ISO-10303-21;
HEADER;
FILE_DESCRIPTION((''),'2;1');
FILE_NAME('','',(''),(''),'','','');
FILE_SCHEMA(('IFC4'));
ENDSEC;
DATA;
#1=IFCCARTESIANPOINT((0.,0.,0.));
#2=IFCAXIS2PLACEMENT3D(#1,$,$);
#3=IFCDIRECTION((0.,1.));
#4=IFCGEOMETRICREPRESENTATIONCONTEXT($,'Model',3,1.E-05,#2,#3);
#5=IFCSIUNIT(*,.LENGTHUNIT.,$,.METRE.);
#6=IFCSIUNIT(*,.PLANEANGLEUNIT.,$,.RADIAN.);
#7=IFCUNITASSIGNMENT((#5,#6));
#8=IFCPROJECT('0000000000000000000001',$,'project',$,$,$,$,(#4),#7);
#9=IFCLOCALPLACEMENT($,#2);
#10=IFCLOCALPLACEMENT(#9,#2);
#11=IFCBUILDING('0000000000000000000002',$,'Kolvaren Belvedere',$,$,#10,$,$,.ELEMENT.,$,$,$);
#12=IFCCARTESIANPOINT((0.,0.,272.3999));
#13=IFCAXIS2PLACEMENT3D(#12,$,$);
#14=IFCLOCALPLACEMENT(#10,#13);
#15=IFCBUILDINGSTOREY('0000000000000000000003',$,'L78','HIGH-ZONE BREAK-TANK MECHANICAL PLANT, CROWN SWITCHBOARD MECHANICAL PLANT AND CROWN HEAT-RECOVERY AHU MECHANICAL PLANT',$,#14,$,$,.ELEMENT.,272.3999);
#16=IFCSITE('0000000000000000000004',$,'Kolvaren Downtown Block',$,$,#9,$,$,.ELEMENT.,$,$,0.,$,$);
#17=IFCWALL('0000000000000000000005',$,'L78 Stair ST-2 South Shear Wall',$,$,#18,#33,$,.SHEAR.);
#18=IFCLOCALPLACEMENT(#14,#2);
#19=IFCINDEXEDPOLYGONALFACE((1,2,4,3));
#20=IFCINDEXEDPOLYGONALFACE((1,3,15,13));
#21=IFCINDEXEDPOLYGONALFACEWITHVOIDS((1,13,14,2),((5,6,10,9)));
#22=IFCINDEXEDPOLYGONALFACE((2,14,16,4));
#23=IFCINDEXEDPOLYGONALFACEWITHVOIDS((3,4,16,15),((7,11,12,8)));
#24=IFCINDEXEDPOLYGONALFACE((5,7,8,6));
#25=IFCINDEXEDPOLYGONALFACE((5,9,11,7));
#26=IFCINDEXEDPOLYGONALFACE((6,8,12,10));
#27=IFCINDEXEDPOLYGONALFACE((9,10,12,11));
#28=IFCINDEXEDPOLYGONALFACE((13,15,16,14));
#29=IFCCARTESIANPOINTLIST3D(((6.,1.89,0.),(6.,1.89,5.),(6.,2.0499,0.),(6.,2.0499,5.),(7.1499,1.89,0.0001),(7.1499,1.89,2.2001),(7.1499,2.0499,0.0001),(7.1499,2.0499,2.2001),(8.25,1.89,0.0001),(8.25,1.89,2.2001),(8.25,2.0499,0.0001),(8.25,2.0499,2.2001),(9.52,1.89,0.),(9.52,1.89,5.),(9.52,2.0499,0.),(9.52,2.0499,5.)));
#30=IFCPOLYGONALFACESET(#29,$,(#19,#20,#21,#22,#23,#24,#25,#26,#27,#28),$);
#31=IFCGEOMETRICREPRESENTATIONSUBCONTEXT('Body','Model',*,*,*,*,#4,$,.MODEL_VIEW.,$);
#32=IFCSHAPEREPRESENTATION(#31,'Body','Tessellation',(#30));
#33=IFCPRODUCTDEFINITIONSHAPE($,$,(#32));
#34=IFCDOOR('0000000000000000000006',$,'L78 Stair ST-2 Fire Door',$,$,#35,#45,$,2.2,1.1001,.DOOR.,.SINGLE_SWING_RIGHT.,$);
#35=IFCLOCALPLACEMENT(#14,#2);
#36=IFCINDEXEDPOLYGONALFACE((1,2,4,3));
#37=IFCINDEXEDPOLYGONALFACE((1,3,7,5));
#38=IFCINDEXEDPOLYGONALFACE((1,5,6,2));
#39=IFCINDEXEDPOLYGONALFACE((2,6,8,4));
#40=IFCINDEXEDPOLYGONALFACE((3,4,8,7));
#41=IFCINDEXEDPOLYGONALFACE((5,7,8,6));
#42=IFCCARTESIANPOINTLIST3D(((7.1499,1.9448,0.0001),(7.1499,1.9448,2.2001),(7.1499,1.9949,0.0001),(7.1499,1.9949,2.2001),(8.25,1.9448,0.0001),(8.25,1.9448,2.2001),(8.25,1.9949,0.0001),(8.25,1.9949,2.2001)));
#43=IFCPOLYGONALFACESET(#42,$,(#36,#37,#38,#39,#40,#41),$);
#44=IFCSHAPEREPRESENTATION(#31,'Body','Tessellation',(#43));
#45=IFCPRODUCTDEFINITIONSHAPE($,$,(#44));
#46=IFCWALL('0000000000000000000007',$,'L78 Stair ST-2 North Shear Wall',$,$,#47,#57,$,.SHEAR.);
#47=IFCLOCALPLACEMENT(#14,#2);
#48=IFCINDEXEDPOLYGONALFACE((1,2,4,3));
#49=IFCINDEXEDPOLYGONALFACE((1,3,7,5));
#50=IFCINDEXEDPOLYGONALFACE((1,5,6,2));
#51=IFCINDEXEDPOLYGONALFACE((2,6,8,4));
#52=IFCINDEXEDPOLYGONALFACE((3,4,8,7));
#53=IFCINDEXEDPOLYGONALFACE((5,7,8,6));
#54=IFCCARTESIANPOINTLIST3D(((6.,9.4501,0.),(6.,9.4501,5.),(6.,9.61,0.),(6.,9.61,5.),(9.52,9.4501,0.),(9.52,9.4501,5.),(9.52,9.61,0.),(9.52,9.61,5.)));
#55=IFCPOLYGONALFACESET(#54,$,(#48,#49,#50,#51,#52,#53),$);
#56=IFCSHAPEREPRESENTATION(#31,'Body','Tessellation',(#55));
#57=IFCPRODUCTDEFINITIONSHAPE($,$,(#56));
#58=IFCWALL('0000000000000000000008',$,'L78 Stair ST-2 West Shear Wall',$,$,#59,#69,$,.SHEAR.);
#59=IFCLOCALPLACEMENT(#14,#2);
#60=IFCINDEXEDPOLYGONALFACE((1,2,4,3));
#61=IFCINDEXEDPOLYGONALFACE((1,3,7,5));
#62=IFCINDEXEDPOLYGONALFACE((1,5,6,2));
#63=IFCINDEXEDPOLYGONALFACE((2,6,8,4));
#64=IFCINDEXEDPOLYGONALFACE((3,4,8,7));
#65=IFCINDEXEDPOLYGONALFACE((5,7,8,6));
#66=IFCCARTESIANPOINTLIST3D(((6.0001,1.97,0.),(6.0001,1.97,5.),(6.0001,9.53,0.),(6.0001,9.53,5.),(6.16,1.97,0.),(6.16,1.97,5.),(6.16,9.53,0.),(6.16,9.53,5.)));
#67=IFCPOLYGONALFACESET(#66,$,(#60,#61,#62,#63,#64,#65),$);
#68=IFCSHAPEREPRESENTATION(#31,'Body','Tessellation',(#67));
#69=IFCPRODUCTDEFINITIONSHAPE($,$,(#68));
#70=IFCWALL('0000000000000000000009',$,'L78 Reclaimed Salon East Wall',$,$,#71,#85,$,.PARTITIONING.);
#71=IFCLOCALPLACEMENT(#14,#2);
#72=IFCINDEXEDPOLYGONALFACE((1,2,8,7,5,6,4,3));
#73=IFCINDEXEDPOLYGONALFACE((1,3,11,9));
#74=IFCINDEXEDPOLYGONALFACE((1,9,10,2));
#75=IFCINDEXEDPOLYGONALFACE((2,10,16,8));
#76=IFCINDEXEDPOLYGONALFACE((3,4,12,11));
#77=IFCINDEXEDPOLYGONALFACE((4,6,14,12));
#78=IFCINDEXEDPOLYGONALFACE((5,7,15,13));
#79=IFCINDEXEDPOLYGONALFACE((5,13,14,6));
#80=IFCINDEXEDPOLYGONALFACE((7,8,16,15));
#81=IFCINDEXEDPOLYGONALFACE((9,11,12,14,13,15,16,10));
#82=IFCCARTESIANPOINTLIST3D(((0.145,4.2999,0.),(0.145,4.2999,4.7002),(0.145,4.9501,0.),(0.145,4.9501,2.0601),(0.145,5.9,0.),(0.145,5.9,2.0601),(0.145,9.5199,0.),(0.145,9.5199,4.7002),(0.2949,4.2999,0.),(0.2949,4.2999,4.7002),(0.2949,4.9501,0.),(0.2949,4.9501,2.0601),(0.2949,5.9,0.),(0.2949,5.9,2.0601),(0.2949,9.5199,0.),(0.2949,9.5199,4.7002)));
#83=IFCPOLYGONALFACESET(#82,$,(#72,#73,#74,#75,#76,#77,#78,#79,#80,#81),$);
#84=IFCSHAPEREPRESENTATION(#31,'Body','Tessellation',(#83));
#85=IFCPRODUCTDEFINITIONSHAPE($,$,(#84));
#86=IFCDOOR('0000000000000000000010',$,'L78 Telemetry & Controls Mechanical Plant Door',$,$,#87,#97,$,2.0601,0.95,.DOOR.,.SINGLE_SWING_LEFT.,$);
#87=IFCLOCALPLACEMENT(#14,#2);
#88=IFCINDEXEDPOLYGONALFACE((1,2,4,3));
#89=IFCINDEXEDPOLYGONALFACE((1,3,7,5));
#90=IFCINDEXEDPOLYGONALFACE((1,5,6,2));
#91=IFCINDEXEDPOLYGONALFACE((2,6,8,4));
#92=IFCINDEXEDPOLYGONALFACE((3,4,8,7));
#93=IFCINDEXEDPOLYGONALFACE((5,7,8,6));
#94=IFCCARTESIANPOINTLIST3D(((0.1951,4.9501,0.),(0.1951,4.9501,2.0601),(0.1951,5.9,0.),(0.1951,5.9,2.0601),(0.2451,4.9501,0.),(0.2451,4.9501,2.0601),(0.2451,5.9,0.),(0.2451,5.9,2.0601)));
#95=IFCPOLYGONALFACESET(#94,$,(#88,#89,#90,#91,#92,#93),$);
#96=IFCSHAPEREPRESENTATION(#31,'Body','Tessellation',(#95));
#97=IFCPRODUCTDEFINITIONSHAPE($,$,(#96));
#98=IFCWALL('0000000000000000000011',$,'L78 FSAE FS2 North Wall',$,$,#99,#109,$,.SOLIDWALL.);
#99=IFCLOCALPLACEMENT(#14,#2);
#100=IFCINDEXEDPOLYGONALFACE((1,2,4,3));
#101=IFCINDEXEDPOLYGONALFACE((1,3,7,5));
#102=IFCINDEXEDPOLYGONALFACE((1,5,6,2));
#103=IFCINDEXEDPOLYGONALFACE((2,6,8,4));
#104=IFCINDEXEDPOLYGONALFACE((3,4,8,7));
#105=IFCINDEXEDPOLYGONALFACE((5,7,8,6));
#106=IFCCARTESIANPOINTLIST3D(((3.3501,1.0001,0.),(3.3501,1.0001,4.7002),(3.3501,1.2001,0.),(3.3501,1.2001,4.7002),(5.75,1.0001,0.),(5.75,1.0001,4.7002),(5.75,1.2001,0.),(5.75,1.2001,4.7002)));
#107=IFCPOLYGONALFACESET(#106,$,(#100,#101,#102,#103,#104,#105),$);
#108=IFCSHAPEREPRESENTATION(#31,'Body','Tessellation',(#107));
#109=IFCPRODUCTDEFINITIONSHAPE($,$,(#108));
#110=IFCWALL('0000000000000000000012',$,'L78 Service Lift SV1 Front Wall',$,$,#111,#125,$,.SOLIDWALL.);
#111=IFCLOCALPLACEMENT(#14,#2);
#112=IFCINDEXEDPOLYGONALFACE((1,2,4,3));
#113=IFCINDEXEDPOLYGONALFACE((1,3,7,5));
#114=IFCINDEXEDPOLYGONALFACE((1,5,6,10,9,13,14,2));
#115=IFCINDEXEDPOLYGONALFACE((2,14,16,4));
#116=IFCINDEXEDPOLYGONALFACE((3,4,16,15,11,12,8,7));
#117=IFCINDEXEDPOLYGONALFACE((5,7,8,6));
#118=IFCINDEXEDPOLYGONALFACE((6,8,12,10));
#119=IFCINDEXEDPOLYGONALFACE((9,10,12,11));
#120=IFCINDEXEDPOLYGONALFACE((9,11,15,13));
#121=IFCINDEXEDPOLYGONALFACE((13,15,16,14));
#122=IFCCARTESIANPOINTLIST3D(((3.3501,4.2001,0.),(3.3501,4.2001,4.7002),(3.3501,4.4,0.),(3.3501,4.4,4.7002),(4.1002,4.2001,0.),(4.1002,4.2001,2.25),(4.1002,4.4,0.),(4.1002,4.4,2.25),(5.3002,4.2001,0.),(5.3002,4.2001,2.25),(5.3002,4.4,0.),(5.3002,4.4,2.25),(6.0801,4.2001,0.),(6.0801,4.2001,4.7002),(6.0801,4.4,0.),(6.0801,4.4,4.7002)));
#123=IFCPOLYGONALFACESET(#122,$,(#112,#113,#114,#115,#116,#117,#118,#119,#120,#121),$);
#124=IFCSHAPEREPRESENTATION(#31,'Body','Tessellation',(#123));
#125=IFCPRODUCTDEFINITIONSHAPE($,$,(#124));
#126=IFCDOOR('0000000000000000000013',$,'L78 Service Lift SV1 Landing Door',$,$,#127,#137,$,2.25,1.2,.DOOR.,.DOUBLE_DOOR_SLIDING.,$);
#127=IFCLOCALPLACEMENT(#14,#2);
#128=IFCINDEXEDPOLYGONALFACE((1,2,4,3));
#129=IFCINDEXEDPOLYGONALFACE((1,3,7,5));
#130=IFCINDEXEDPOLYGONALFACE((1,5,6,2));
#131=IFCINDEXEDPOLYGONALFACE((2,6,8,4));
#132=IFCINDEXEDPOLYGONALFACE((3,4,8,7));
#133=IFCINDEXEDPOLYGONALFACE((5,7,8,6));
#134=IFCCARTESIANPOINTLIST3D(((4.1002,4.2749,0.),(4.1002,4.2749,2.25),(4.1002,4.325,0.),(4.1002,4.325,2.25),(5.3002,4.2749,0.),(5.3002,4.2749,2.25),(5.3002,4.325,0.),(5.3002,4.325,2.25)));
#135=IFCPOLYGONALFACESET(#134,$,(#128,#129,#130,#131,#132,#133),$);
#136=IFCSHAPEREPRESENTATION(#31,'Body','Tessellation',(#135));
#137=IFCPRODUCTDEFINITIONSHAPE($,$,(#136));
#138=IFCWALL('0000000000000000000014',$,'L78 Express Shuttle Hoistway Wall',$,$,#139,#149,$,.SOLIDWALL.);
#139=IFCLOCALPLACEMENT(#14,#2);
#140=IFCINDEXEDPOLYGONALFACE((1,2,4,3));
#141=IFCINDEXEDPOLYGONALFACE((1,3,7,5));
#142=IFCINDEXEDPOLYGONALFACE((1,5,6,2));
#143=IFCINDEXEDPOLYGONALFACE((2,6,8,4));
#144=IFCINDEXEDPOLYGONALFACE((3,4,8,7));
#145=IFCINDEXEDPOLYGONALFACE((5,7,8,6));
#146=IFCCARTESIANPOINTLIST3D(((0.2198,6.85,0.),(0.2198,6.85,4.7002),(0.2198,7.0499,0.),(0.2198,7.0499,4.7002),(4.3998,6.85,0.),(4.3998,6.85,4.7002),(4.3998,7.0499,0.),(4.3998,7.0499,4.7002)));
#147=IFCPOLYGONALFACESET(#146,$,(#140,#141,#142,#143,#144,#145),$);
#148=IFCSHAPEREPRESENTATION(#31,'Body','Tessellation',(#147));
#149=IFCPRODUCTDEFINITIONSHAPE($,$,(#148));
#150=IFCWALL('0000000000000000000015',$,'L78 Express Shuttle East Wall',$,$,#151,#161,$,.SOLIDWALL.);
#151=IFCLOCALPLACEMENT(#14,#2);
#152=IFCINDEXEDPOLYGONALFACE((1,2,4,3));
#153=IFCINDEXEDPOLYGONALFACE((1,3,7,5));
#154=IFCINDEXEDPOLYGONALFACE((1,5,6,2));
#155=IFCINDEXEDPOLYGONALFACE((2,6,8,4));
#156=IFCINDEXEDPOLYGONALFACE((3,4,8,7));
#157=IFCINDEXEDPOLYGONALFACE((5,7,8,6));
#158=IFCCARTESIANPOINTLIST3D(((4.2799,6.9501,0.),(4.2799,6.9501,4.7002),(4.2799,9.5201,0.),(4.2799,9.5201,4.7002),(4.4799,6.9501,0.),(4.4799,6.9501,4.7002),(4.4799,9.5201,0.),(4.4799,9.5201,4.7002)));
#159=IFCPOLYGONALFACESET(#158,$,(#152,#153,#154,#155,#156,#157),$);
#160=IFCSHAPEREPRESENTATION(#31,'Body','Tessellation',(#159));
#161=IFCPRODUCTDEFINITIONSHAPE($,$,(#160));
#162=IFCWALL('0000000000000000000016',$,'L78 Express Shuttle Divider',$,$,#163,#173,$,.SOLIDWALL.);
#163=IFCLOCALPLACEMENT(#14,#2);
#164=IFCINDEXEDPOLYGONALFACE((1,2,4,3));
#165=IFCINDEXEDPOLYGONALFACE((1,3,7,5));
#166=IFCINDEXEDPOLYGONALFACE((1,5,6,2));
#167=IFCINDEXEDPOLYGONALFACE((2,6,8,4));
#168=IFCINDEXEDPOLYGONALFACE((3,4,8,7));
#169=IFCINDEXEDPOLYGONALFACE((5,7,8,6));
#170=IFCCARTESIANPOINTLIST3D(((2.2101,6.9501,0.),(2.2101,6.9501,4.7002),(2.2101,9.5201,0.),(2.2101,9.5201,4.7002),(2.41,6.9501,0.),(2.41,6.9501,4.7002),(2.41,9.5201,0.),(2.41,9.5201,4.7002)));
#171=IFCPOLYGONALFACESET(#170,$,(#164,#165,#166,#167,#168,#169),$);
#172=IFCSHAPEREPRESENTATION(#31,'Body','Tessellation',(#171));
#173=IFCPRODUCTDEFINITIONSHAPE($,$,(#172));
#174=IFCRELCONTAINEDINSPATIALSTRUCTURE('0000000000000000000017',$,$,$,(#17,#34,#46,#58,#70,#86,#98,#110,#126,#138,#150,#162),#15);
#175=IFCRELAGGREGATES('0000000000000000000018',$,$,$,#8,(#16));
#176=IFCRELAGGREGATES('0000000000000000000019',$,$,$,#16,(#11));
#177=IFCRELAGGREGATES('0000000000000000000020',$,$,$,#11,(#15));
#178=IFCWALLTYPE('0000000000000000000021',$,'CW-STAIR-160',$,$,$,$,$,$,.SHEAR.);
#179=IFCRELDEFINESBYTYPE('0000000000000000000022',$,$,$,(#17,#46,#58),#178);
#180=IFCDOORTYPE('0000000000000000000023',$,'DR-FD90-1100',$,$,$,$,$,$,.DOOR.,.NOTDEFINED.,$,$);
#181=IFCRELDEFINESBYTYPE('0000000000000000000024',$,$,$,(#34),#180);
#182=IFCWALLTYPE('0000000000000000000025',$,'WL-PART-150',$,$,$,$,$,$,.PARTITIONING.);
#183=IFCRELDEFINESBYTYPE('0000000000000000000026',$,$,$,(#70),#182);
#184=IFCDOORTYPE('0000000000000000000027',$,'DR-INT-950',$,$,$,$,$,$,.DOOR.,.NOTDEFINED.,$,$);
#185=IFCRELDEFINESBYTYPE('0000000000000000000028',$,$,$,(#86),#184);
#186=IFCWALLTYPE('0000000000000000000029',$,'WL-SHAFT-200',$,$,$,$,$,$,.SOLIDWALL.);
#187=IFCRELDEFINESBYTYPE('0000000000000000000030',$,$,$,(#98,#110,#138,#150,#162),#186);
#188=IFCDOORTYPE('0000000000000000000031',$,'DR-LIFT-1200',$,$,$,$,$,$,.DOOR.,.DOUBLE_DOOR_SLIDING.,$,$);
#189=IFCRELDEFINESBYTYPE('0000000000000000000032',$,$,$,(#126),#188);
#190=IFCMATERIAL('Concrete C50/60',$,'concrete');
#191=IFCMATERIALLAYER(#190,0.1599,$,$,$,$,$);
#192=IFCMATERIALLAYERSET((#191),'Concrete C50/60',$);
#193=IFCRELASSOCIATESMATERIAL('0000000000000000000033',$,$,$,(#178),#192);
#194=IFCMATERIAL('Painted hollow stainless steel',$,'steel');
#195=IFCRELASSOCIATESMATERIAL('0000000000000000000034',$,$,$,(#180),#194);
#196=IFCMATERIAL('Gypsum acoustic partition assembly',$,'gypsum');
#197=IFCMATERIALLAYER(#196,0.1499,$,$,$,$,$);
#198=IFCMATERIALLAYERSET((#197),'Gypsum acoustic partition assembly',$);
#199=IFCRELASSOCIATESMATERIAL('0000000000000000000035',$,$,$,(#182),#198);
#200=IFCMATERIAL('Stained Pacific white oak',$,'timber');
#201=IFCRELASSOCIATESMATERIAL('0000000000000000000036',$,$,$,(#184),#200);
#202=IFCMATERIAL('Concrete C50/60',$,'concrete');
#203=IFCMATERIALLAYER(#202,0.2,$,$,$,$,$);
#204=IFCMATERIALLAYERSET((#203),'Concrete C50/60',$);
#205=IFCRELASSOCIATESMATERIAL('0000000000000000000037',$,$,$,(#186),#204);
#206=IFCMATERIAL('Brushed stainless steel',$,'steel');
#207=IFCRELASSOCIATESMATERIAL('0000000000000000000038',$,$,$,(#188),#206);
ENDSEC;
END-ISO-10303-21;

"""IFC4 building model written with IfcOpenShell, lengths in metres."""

from ifc_helpers import new_model, si_unit, direction, frame, frame_2d, origin, place, context, subcontext, project, spatial, rectangle, extrude, material, layer, layer_set, type_object, element, fill, save


model = new_model("IFC4")

# Units and contexts
model_context = context("Model", 3, precision=1e-05, world=origin(), true_north=direction((0.0, 1.0)))
body_context = subcontext(model_context, "Body", "Model", "MODEL_VIEW")
ifc_project = project(units=[si_unit("LENGTHUNIT", "METRE"), si_unit("PLANEANGLEUNIT", "RADIAN")], contexts=[model_context])

# Site, building, storey
site_placement = place(None, origin())
site = spatial("IfcSite", under=ifc_project, at=site_placement, Name="Kolvaren Downtown Block", CompositionType="ELEMENT", RefElevation=0.0)
building_placement = place(site_placement, origin())
building = spatial("IfcBuilding", under=site, at=building_placement, Name="Kolvaren Belvedere", CompositionType="ELEMENT")
storey_placement = place(building_placement, frame((0.0, 0.0, 272.3999)))
storey = spatial("IfcBuildingStorey", under=building, at=storey_placement, Name="L78", Description="HIGH-ZONE BREAK-TANK MECHANICAL PLANT, CROWN SWITCHBOARD MECHANICAL PLANT AND CROWN HEAT-RECOVERY AHU MECHANICAL PLANT", CompositionType="ELEMENT", Elevation=272.3999)

# Wall, opening, door
ifc_material_1 = material(Name="Concrete C50/60", Category="concrete")
ifc_layer_1 = layer(ifc_material_1, 0.1599)
ifc_layer_set_1 = layer_set([ifc_layer_1], Name="Concrete C50/60")
wall_type_1 = type_object("IfcWallType", Name="CW-STAIR-160", PredefinedType="SHEAR", material=ifc_layer_set_1)
wall_1_placement = place(storey_placement, frame((6.0, 1.97, 0.0), z_axis=(0.0, 0.0, 1.0), x_axis=(1.0, 0.0, 0.0)))
wall_1 = element("IfcWall", 1, at=wall_1_placement, inside=storey, type_object=wall_type_1, Name="L78 Stair ST-2 South Shear Wall", PredefinedType="SHEAR", context=body_context, shape_type="SweptSolid", body=[
    extrude(rectangle(XDim=3.52, YDim=0.1599, at=frame_2d((1.76, 0.0))), origin(), (0.0, 0.0, 1.0), 5.0),
])
opening_1_placement = place(wall_1_placement, frame((1.1499, 0.0, 0.0)))
opening_1 = element("IfcOpeningElement", 2, at=opening_1_placement, cuts=wall_1, PredefinedType="OPENING", context=body_context, shape_type="SweptSolid", body=[
    extrude(rectangle(XDim=1.1001, YDim=2.2, at=frame_2d((0.55, 1.1001))), frame((0.0, 0.0898, 0.0), z_axis=(0.0, -1.0, 0.0), x_axis=(1.0, 0.0, 0.0)), (0.0, 0.0, 1.0), 0.1799),
])
ifc_material_2 = material(Name="Painted hollow stainless steel", Category="steel")
door_type_1 = type_object("IfcDoorType", Name="DR-FD90-1100", OperationType="NOTDEFINED", PredefinedType="DOOR", material=ifc_material_2)
door_1_placement = place(opening_1_placement, origin())
door_1 = element("IfcDoor", 3, at=door_1_placement, inside=storey, type_object=door_type_1, Name="L78 Stair ST-2 Fire Door", OperationType="SINGLE_SWING_RIGHT", OverallHeight=2.2, OverallWidth=1.1001, PredefinedType="DOOR", context=body_context, shape_type="SweptSolid", body=[
    extrude(rectangle(XDim=1.1001, YDim=2.2, at=frame_2d((0.55, 1.1001))), frame((0.0, 0.0249, 0.0), z_axis=(0.0, -1.0, 0.0), x_axis=(1.0, 0.0, 0.0)), (0.0, 0.0, 1.0), 0.05),
])
fill(opening_1, door_1)

# Walls
wall_2_placement = place(storey_placement, frame((6.0, 9.53, 0.0), z_axis=(0.0, 0.0, 1.0), x_axis=(1.0, 0.0, 0.0)))
element("IfcWall", 4, at=wall_2_placement, inside=storey, type_object=wall_type_1, Name="L78 Stair ST-2 North Shear Wall", PredefinedType="SHEAR", context=body_context, shape_type="SweptSolid", body=[
    extrude(rectangle(XDim=3.52, YDim=0.1599, at=frame_2d((1.76, 0.0))), origin(), (0.0, 0.0, 1.0), 5.0),
])
wall_3_placement = place(storey_placement, frame((6.0801, 1.97, 0.0), z_axis=(0.0, 0.0, 1.0), x_axis=(0.0, 1.0, 0.0)))
element("IfcWall", 5, at=wall_3_placement, inside=storey, type_object=wall_type_1, Name="L78 Stair ST-2 West Shear Wall", PredefinedType="SHEAR", context=body_context, shape_type="SweptSolid", body=[
    extrude(rectangle(XDim=7.5601, YDim=0.1599, at=frame_2d((3.78, 0.0))), origin(), (0.0, 0.0, 1.0), 5.0),
])

# Wall, opening, door
ifc_material_3 = material(Name="Gypsum acoustic partition assembly", Category="gypsum")
ifc_layer_2 = layer(ifc_material_3, 0.1499)
ifc_layer_set_2 = layer_set([ifc_layer_2], Name="Gypsum acoustic partition assembly")
wall_type_2 = type_object("IfcWallType", Name="WL-PART-150", PredefinedType="PARTITIONING", material=ifc_layer_set_2)
wall_4_placement = place(storey_placement, frame((0.22, 4.3, 0.0), z_axis=(0.0, 0.0, 1.0), x_axis=(0.0, 1.0, 0.0)))
wall_4 = element("IfcWall", 6, at=wall_4_placement, inside=storey, type_object=wall_type_2, Name="L78 Reclaimed Salon East Wall", PredefinedType="PARTITIONING", context=body_context, shape_type="SweptSolid", body=[
    extrude(rectangle(XDim=5.22, YDim=0.1499, at=frame_2d((2.6099, 0.0))), origin(), (0.0, 0.0, 1.0), 4.7002),
])
opening_2_placement = place(wall_4_placement, frame((0.6499, 0.0, 0.0)))
opening_2 = element("IfcOpeningElement", 7, at=opening_2_placement, cuts=wall_4, PredefinedType="OPENING", context=body_context, shape_type="SweptSolid", body=[
    extrude(rectangle(XDim=0.95, YDim=2.0601, at=frame_2d((0.4751, 1.03))), frame((0.0, 0.085, 0.0), z_axis=(0.0, -1.0, 0.0), x_axis=(1.0, 0.0, 0.0)), (0.0, 0.0, 1.0), 0.1699),
])
ifc_material_4 = material(Name="Stained Pacific white oak", Category="timber")
door_type_2 = type_object("IfcDoorType", Name="DR-INT-950", OperationType="NOTDEFINED", PredefinedType="DOOR", material=ifc_material_4)
door_2_placement = place(opening_2_placement, origin())
door_2 = element("IfcDoor", 8, at=door_2_placement, inside=storey, type_object=door_type_2, Name="L78 Telemetry & Controls Mechanical Plant Door", OperationType="SINGLE_SWING_LEFT", OverallHeight=2.0601, OverallWidth=0.95, PredefinedType="DOOR", context=body_context, shape_type="SweptSolid", body=[
    extrude(rectangle(XDim=0.95, YDim=2.0601, at=frame_2d((0.4751, 1.03))), frame((0.0, 0.0249, 0.0), z_axis=(0.0, -1.0, 0.0), x_axis=(1.0, 0.0, 0.0)), (0.0, 0.0, 1.0), 0.05),
])
fill(opening_2, door_2)

# Wall
ifc_material_5 = material(Name="Concrete C50/60", Category="concrete")
ifc_layer_3 = layer(ifc_material_5, 0.2)
ifc_layer_set_3 = layer_set([ifc_layer_3], Name="Concrete C50/60")
wall_type_3 = type_object("IfcWallType", Name="WL-SHAFT-200", PredefinedType="SOLIDWALL", material=ifc_layer_set_3)
wall_5_placement = place(storey_placement, frame((3.3501, 1.1001, 0.0), z_axis=(0.0, 0.0, 1.0), x_axis=(1.0, 0.0, 0.0)))
element("IfcWall", 9, at=wall_5_placement, inside=storey, type_object=wall_type_3, Name="L78 FSAE FS2 North Wall", PredefinedType="SOLIDWALL", context=body_context, shape_type="SweptSolid", body=[
    extrude(rectangle(XDim=2.3999, YDim=0.2, at=frame_2d((1.2, 0.0))), origin(), (0.0, 0.0, 1.0), 4.7002),
])

# Wall, opening, door
wall_6_placement = place(storey_placement, frame((3.3501, 4.3, 0.0), z_axis=(0.0, 0.0, 1.0), x_axis=(1.0, 0.0, 0.0)))
wall_6 = element("IfcWall", 10, at=wall_6_placement, inside=storey, type_object=wall_type_3, Name="L78 Service Lift SV1 Front Wall", PredefinedType="SOLIDWALL", context=body_context, shape_type="SweptSolid", body=[
    extrude(rectangle(XDim=2.73, YDim=0.2, at=frame_2d((1.365, 0.0))), origin(), (0.0, 0.0, 1.0), 4.7002),
])
opening_3_placement = place(wall_6_placement, frame((0.75, 0.0, 0.0)))
opening_3 = element("IfcOpeningElement", 11, at=opening_3_placement, cuts=wall_6, PredefinedType="OPENING", context=body_context, shape_type="SweptSolid", body=[
    extrude(rectangle(XDim=1.2, YDim=2.25, at=frame_2d((0.6001, 1.125))), frame((0.0, 0.1099, 0.0), z_axis=(0.0, -1.0, 0.0), x_axis=(1.0, 0.0, 0.0)), (0.0, 0.0, 1.0), 0.22),
])
ifc_material_6 = material(Name="Brushed stainless steel", Category="steel")
door_type_3 = type_object("IfcDoorType", Name="DR-LIFT-1200", OperationType="DOUBLE_DOOR_SLIDING", PredefinedType="DOOR", material=ifc_material_6)
door_3_placement = place(opening_3_placement, origin())
door_3 = element("IfcDoor", 12, at=door_3_placement, inside=storey, type_object=door_type_3, Name="L78 Service Lift SV1 Landing Door", OperationType="DOUBLE_DOOR_SLIDING", OverallHeight=2.25, OverallWidth=1.2, PredefinedType="DOOR", context=body_context, shape_type="SweptSolid", body=[
    extrude(rectangle(XDim=1.2, YDim=2.25, at=frame_2d((0.6001, 1.125))), frame((0.0, 0.0249, 0.0), z_axis=(0.0, -1.0, 0.0), x_axis=(1.0, 0.0, 0.0)), (0.0, 0.0, 1.0), 0.05),
])
fill(opening_3, door_3)

# Walls
wall_7_placement = place(storey_placement, frame((0.22, 6.95, 0.0), z_axis=(0.0, 0.0, 1.0), x_axis=(1.0, 0.0, 0.0)))
element("IfcWall", 13, at=wall_7_placement, inside=storey, type_object=wall_type_3, Name="L78 Express Shuttle Hoistway Wall", PredefinedType="SOLIDWALL", context=body_context, shape_type="SweptSolid", body=[
    extrude(rectangle(XDim=4.1799, YDim=0.2, at=frame_2d((2.0898, 0.0))), origin(), (0.0, 0.0, 1.0), 4.7002),
])
for number, where, z_axis, x_axis, name in (
    (14, (4.3799, 6.95, 0.0), (0.0, 0.0, 1.0), (0.0, 1.0, 0.0), "L78 Express Shuttle East Wall"),
    (15, (2.3101, 6.95, 0.0), (0.0, 0.0, 1.0), (0.0, 1.0, 0.0), "L78 Express Shuttle Divider"),
):
    element("IfcWall", number, at=place(storey_placement, frame(where, z_axis=z_axis, x_axis=x_axis)), inside=storey, type_object=wall_type_3, Name=name, PredefinedType="SOLIDWALL", context=body_context, shape_type="SweptSolid", body=[
        extrude(rectangle(XDim=2.5701, YDim=0.2, at=frame_2d((1.2852, 0.0))), origin(), (0.0, 0.0, 1.0), 4.7002),
    ])

save(model, "model.ifc")
